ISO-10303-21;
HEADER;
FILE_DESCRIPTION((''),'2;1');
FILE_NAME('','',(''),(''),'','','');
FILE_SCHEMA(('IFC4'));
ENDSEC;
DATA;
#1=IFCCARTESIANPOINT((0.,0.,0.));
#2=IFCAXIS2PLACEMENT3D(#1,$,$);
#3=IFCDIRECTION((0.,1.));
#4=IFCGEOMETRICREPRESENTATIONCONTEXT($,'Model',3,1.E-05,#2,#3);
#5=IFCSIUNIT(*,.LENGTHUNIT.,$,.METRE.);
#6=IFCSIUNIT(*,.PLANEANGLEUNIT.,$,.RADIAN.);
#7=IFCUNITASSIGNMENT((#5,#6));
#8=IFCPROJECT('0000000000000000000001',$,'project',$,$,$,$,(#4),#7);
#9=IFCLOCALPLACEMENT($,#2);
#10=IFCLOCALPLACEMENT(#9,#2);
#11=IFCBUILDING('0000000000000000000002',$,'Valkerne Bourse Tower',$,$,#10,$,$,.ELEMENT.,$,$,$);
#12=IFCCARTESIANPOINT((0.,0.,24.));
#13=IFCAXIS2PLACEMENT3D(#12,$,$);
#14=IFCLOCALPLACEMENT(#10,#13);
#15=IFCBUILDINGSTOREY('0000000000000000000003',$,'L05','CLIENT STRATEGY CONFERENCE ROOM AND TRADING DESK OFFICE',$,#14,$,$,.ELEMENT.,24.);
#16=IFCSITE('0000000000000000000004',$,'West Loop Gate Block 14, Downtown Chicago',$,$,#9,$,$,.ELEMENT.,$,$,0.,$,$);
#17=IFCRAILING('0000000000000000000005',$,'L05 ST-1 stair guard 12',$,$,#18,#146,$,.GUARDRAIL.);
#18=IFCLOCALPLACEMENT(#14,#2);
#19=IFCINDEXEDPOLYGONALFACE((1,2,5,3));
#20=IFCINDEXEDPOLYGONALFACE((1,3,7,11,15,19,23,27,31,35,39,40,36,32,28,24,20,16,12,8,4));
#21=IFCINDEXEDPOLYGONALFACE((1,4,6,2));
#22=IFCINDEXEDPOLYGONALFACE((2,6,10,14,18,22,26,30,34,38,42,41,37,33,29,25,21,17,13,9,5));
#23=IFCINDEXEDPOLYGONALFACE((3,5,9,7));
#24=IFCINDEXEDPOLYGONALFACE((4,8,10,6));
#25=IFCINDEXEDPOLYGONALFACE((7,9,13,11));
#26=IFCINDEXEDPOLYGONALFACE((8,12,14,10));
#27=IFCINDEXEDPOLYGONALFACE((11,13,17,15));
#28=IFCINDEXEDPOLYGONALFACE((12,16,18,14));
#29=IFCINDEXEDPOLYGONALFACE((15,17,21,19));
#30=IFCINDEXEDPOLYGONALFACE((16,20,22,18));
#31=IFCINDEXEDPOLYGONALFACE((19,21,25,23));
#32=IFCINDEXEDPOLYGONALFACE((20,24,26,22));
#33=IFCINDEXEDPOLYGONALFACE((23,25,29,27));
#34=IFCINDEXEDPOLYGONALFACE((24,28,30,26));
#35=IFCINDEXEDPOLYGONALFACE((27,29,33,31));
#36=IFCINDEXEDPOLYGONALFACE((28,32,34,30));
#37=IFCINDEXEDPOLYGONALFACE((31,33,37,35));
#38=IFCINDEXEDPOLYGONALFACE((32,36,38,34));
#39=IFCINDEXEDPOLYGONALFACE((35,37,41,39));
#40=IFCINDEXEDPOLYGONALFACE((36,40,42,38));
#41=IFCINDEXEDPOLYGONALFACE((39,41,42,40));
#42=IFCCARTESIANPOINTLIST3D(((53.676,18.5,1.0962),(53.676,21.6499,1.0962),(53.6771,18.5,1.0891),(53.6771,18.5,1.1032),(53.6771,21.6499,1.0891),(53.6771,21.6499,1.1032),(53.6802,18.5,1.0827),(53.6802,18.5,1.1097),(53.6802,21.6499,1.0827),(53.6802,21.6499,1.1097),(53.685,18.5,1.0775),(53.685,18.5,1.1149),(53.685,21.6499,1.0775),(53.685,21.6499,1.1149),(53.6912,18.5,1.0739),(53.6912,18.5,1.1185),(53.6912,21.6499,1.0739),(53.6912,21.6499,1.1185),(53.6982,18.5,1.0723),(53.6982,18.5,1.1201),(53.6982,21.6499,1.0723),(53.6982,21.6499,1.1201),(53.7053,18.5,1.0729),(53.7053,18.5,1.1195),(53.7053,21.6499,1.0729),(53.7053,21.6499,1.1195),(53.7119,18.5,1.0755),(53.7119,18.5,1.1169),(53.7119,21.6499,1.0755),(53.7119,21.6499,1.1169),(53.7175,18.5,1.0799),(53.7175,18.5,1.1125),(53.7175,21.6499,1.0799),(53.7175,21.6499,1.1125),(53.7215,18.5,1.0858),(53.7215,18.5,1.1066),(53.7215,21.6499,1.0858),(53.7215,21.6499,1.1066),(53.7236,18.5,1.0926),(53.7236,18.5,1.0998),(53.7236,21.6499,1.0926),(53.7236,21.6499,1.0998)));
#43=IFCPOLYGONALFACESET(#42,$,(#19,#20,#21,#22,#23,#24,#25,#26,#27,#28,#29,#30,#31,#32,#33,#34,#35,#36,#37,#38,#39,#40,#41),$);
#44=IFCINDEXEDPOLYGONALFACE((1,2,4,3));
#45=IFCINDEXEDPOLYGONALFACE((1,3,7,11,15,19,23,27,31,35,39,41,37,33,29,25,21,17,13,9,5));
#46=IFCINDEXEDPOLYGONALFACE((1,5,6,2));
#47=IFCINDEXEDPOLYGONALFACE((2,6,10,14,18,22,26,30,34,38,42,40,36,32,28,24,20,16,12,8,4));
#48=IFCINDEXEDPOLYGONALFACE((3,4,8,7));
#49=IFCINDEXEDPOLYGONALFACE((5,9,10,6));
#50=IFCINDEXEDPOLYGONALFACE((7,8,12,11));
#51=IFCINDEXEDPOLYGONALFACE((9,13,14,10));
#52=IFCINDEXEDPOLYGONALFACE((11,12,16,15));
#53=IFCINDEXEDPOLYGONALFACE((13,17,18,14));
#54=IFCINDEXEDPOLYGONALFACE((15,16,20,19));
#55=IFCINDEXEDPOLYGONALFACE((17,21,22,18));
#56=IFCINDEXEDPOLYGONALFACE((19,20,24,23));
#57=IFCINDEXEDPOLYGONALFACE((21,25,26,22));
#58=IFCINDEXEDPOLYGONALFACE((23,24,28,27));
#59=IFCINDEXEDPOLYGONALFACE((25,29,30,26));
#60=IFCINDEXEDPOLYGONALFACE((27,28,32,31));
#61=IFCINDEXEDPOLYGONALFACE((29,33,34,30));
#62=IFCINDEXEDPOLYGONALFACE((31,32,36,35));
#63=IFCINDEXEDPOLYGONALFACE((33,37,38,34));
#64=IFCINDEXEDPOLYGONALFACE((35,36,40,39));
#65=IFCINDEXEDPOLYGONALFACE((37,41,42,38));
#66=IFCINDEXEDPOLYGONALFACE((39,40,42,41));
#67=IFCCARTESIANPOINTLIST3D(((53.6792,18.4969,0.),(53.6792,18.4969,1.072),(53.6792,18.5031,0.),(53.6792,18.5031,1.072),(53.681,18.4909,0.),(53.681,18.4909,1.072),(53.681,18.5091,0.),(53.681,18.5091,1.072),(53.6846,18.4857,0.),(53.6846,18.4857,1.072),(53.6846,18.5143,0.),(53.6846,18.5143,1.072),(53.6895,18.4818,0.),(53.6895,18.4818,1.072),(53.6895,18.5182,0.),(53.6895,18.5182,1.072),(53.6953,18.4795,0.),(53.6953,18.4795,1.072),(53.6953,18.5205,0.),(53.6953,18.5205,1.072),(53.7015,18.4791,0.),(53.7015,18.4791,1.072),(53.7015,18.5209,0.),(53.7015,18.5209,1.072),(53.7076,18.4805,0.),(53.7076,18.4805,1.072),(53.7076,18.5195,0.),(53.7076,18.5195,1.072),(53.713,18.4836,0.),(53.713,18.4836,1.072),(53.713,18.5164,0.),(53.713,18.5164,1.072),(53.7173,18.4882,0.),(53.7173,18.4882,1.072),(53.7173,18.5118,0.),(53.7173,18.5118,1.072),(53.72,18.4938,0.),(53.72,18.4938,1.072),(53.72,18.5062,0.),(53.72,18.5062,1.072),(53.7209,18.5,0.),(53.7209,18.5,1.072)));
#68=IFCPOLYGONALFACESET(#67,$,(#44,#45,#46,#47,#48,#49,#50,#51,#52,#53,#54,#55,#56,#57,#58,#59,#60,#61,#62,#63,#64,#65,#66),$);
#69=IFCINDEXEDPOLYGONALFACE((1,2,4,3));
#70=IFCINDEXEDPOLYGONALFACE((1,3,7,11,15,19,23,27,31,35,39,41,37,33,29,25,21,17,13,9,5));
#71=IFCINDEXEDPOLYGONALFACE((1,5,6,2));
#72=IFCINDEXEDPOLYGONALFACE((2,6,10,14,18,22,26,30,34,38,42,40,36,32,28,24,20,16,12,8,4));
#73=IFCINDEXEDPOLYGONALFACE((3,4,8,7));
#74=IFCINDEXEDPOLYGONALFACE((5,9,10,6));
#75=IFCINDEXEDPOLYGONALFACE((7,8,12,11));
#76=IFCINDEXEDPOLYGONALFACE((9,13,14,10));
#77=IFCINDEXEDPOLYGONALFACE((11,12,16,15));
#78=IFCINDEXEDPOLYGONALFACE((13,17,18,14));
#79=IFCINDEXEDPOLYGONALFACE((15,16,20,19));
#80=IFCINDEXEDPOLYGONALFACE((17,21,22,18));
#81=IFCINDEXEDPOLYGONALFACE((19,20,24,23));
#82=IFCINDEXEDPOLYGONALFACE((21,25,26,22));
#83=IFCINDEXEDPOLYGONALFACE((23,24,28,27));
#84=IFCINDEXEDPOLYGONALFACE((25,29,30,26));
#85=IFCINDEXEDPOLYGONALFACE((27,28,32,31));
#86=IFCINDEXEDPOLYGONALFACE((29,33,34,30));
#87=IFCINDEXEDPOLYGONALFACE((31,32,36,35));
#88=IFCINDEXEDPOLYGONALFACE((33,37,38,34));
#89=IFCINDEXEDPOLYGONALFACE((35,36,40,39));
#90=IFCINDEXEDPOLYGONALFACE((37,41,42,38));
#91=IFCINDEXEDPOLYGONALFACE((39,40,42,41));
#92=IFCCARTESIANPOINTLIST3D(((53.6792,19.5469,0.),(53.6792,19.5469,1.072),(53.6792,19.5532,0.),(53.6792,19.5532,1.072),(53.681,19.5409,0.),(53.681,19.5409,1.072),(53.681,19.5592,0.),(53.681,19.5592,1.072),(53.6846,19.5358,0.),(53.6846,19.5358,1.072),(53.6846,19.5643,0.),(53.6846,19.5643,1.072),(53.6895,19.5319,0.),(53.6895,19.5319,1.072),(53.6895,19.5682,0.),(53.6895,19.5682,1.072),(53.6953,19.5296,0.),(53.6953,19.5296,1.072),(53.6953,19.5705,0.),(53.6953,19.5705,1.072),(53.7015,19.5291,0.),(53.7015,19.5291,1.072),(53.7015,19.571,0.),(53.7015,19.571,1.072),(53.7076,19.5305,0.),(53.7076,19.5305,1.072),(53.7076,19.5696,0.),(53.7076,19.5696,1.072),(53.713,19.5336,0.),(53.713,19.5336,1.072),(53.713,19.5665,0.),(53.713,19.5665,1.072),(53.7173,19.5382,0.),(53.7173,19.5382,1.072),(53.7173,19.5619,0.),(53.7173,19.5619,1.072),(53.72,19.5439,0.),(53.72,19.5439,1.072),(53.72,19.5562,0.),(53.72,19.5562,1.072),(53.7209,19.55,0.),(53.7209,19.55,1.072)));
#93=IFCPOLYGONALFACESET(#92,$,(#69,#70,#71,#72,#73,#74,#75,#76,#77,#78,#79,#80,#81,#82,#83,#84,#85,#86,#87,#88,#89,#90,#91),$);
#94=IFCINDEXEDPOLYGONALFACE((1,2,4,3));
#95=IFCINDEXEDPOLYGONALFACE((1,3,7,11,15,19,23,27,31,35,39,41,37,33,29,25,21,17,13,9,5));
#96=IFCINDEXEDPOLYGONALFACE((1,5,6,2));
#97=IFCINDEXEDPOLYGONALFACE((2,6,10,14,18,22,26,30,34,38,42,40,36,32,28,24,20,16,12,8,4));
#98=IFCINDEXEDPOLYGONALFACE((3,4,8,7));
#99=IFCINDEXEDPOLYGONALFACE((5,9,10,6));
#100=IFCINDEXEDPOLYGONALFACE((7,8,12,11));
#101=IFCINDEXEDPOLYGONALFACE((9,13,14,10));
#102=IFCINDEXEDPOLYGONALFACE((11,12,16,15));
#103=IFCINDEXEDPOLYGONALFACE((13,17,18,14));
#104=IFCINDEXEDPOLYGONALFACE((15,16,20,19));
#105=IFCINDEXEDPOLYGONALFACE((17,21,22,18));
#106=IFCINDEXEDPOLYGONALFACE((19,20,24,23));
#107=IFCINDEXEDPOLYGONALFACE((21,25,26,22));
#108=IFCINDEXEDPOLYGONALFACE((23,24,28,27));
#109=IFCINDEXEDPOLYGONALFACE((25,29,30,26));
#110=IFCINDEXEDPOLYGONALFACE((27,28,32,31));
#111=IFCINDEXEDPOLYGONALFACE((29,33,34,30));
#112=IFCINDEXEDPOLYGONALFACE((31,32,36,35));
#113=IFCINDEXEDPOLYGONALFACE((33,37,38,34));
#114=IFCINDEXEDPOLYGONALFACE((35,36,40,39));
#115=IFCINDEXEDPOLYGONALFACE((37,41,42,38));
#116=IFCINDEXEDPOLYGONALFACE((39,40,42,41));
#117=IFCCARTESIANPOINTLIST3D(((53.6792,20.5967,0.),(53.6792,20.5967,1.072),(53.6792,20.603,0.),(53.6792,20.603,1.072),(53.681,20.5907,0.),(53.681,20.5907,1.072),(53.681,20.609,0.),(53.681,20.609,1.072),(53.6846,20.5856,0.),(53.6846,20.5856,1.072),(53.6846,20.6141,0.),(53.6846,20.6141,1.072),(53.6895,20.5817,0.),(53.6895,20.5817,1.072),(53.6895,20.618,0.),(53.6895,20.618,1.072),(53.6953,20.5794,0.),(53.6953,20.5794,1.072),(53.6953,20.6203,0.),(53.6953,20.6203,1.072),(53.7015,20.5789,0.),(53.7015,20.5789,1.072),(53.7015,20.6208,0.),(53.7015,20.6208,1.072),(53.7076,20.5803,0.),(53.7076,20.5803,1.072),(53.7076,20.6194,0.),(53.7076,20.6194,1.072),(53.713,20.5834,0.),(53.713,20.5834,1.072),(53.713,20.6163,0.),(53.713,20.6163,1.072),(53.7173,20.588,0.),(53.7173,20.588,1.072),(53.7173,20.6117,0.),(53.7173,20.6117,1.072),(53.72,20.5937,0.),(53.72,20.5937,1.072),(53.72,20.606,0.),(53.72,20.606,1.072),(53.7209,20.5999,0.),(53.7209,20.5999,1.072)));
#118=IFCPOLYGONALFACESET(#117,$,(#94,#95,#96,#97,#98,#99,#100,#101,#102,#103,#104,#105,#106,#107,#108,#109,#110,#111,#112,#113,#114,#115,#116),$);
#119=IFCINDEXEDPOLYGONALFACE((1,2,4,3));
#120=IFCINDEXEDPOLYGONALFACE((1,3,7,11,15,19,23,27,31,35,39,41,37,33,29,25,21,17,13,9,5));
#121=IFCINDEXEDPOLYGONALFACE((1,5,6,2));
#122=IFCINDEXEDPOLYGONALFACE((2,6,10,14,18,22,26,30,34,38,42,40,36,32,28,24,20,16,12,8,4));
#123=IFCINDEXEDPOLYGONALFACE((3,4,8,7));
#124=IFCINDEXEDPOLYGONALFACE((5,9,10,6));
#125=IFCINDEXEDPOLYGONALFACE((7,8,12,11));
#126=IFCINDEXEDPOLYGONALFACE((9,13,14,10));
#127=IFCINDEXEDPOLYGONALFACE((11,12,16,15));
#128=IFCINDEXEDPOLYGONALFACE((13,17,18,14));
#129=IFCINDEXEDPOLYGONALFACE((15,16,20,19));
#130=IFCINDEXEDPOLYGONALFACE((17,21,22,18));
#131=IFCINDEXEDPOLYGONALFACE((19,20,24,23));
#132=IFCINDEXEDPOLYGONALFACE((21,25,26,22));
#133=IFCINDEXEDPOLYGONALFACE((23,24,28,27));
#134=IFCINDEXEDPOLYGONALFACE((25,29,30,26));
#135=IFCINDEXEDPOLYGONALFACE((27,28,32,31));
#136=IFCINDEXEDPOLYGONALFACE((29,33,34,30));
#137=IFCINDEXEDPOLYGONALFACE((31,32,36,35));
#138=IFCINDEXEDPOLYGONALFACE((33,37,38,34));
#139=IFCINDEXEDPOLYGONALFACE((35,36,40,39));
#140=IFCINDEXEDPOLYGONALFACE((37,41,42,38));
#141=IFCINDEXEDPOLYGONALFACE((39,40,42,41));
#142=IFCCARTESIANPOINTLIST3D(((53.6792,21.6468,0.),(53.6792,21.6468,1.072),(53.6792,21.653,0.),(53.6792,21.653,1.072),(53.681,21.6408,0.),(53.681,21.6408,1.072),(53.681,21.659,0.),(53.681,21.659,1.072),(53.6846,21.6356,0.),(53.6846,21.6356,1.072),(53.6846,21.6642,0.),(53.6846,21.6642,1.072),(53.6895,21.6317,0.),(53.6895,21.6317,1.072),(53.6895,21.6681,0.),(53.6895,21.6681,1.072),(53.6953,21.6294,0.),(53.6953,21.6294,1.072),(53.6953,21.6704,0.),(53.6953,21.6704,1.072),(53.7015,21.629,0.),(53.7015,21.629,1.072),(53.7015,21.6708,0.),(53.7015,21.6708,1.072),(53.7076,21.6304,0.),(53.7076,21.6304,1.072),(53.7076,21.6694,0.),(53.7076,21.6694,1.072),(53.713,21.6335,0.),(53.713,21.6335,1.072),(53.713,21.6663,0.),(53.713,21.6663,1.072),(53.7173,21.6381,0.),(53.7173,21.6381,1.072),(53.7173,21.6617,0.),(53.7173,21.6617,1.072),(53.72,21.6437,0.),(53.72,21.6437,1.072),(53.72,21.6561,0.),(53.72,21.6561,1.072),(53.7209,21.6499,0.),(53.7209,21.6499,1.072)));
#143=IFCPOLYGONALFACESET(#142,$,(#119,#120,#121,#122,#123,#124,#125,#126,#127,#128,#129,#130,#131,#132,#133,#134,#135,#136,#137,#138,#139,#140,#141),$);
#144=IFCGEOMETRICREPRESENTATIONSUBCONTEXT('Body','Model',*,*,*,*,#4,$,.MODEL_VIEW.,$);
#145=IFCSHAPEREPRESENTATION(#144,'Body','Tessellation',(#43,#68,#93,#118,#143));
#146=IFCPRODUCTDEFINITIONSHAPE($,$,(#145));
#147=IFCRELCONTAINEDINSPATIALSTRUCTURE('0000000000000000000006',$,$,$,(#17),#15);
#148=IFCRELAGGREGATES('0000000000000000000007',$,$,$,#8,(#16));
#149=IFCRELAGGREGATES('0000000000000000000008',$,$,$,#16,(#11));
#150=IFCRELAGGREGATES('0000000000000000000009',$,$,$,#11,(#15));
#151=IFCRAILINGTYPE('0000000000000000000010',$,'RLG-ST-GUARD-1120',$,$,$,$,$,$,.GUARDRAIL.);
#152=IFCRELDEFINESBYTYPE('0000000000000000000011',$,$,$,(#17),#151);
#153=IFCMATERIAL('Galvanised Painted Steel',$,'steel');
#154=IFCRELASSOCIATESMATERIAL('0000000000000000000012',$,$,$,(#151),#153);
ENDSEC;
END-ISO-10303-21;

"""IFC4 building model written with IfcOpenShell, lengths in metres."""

from ifc_helpers import new_model, si_unit, direction, frame, origin, origin_2d, place, context, subcontext, project, spatial, circle, extrude, material, type_object, element, save


model = new_model("IFC4")

# Units and contexts
model_context = context("Model", 3, precision=1e-05, world=origin(), true_north=direction((0.0, 1.0)))
body_context = subcontext(model_context, "Body", "Model", "MODEL_VIEW")
ifc_project = project(units=[si_unit("LENGTHUNIT", "METRE"), si_unit("PLANEANGLEUNIT", "RADIAN")], contexts=[model_context])

# Site, building, storey
site_placement = place(None, origin())
site = spatial("IfcSite", under=ifc_project, at=site_placement, Name="West Loop Gate Block 14, Downtown Chicago", CompositionType="ELEMENT", RefElevation=0.0)
building_placement = place(site_placement, origin())
building = spatial("IfcBuilding", under=site, at=building_placement, Name="Valkerne Bourse Tower", CompositionType="ELEMENT")
storey_placement = place(building_placement, frame((0.0, 0.0, 24.0)))
storey = spatial("IfcBuildingStorey", under=building, at=storey_placement, Name="L05", Description="CLIENT STRATEGY CONFERENCE ROOM AND TRADING DESK OFFICE", CompositionType="ELEMENT", Elevation=24.0)

# Shared definitions
ifc_material_1 = material(Name="Galvanised Painted Steel", Category="steel")

# Railing
railing_type_1 = type_object("IfcRailingType", Name="RLG-ST-GUARD-1120", PredefinedType="GUARDRAIL", material=ifc_material_1)
railing_1_placement = place(storey_placement, frame((53.7, 18.5, 0.0)))
element("IfcRailing", 1, at=railing_1_placement, inside=storey, type_object=railing_type_1, Name="L05 ST-1 stair guard 12", PredefinedType="GUARDRAIL", context=body_context, shape_type="SweptSolid", body=[
    extrude(circle(Radius=0.0239, at=origin_2d()), frame((0.0, 0.0, 1.0962), z_axis=(0.0, 1.0, 0.0), x_axis=(-1.0, 0.0, 0.0)), (0.0, 0.0, 1.0), 3.1499),
    extrude(circle(Radius=0.021, at=origin_2d()), origin(), (0.0, 0.0, 1.0), 1.072),
    extrude(circle(Radius=0.021, at=origin_2d()), frame((0.0, 1.05, 0.0)), (0.0, 0.0, 1.0), 1.072),
    extrude(circle(Radius=0.021, at=origin_2d()), frame((0.0, 2.0999, 0.0)), (0.0, 0.0, 1.0), 1.072),
    extrude(circle(Radius=0.021, at=origin_2d()), frame((0.0, 3.1499, 0.0)), (0.0, 0.0, 1.0), 1.072),
])

save(model, "model.ifc")
